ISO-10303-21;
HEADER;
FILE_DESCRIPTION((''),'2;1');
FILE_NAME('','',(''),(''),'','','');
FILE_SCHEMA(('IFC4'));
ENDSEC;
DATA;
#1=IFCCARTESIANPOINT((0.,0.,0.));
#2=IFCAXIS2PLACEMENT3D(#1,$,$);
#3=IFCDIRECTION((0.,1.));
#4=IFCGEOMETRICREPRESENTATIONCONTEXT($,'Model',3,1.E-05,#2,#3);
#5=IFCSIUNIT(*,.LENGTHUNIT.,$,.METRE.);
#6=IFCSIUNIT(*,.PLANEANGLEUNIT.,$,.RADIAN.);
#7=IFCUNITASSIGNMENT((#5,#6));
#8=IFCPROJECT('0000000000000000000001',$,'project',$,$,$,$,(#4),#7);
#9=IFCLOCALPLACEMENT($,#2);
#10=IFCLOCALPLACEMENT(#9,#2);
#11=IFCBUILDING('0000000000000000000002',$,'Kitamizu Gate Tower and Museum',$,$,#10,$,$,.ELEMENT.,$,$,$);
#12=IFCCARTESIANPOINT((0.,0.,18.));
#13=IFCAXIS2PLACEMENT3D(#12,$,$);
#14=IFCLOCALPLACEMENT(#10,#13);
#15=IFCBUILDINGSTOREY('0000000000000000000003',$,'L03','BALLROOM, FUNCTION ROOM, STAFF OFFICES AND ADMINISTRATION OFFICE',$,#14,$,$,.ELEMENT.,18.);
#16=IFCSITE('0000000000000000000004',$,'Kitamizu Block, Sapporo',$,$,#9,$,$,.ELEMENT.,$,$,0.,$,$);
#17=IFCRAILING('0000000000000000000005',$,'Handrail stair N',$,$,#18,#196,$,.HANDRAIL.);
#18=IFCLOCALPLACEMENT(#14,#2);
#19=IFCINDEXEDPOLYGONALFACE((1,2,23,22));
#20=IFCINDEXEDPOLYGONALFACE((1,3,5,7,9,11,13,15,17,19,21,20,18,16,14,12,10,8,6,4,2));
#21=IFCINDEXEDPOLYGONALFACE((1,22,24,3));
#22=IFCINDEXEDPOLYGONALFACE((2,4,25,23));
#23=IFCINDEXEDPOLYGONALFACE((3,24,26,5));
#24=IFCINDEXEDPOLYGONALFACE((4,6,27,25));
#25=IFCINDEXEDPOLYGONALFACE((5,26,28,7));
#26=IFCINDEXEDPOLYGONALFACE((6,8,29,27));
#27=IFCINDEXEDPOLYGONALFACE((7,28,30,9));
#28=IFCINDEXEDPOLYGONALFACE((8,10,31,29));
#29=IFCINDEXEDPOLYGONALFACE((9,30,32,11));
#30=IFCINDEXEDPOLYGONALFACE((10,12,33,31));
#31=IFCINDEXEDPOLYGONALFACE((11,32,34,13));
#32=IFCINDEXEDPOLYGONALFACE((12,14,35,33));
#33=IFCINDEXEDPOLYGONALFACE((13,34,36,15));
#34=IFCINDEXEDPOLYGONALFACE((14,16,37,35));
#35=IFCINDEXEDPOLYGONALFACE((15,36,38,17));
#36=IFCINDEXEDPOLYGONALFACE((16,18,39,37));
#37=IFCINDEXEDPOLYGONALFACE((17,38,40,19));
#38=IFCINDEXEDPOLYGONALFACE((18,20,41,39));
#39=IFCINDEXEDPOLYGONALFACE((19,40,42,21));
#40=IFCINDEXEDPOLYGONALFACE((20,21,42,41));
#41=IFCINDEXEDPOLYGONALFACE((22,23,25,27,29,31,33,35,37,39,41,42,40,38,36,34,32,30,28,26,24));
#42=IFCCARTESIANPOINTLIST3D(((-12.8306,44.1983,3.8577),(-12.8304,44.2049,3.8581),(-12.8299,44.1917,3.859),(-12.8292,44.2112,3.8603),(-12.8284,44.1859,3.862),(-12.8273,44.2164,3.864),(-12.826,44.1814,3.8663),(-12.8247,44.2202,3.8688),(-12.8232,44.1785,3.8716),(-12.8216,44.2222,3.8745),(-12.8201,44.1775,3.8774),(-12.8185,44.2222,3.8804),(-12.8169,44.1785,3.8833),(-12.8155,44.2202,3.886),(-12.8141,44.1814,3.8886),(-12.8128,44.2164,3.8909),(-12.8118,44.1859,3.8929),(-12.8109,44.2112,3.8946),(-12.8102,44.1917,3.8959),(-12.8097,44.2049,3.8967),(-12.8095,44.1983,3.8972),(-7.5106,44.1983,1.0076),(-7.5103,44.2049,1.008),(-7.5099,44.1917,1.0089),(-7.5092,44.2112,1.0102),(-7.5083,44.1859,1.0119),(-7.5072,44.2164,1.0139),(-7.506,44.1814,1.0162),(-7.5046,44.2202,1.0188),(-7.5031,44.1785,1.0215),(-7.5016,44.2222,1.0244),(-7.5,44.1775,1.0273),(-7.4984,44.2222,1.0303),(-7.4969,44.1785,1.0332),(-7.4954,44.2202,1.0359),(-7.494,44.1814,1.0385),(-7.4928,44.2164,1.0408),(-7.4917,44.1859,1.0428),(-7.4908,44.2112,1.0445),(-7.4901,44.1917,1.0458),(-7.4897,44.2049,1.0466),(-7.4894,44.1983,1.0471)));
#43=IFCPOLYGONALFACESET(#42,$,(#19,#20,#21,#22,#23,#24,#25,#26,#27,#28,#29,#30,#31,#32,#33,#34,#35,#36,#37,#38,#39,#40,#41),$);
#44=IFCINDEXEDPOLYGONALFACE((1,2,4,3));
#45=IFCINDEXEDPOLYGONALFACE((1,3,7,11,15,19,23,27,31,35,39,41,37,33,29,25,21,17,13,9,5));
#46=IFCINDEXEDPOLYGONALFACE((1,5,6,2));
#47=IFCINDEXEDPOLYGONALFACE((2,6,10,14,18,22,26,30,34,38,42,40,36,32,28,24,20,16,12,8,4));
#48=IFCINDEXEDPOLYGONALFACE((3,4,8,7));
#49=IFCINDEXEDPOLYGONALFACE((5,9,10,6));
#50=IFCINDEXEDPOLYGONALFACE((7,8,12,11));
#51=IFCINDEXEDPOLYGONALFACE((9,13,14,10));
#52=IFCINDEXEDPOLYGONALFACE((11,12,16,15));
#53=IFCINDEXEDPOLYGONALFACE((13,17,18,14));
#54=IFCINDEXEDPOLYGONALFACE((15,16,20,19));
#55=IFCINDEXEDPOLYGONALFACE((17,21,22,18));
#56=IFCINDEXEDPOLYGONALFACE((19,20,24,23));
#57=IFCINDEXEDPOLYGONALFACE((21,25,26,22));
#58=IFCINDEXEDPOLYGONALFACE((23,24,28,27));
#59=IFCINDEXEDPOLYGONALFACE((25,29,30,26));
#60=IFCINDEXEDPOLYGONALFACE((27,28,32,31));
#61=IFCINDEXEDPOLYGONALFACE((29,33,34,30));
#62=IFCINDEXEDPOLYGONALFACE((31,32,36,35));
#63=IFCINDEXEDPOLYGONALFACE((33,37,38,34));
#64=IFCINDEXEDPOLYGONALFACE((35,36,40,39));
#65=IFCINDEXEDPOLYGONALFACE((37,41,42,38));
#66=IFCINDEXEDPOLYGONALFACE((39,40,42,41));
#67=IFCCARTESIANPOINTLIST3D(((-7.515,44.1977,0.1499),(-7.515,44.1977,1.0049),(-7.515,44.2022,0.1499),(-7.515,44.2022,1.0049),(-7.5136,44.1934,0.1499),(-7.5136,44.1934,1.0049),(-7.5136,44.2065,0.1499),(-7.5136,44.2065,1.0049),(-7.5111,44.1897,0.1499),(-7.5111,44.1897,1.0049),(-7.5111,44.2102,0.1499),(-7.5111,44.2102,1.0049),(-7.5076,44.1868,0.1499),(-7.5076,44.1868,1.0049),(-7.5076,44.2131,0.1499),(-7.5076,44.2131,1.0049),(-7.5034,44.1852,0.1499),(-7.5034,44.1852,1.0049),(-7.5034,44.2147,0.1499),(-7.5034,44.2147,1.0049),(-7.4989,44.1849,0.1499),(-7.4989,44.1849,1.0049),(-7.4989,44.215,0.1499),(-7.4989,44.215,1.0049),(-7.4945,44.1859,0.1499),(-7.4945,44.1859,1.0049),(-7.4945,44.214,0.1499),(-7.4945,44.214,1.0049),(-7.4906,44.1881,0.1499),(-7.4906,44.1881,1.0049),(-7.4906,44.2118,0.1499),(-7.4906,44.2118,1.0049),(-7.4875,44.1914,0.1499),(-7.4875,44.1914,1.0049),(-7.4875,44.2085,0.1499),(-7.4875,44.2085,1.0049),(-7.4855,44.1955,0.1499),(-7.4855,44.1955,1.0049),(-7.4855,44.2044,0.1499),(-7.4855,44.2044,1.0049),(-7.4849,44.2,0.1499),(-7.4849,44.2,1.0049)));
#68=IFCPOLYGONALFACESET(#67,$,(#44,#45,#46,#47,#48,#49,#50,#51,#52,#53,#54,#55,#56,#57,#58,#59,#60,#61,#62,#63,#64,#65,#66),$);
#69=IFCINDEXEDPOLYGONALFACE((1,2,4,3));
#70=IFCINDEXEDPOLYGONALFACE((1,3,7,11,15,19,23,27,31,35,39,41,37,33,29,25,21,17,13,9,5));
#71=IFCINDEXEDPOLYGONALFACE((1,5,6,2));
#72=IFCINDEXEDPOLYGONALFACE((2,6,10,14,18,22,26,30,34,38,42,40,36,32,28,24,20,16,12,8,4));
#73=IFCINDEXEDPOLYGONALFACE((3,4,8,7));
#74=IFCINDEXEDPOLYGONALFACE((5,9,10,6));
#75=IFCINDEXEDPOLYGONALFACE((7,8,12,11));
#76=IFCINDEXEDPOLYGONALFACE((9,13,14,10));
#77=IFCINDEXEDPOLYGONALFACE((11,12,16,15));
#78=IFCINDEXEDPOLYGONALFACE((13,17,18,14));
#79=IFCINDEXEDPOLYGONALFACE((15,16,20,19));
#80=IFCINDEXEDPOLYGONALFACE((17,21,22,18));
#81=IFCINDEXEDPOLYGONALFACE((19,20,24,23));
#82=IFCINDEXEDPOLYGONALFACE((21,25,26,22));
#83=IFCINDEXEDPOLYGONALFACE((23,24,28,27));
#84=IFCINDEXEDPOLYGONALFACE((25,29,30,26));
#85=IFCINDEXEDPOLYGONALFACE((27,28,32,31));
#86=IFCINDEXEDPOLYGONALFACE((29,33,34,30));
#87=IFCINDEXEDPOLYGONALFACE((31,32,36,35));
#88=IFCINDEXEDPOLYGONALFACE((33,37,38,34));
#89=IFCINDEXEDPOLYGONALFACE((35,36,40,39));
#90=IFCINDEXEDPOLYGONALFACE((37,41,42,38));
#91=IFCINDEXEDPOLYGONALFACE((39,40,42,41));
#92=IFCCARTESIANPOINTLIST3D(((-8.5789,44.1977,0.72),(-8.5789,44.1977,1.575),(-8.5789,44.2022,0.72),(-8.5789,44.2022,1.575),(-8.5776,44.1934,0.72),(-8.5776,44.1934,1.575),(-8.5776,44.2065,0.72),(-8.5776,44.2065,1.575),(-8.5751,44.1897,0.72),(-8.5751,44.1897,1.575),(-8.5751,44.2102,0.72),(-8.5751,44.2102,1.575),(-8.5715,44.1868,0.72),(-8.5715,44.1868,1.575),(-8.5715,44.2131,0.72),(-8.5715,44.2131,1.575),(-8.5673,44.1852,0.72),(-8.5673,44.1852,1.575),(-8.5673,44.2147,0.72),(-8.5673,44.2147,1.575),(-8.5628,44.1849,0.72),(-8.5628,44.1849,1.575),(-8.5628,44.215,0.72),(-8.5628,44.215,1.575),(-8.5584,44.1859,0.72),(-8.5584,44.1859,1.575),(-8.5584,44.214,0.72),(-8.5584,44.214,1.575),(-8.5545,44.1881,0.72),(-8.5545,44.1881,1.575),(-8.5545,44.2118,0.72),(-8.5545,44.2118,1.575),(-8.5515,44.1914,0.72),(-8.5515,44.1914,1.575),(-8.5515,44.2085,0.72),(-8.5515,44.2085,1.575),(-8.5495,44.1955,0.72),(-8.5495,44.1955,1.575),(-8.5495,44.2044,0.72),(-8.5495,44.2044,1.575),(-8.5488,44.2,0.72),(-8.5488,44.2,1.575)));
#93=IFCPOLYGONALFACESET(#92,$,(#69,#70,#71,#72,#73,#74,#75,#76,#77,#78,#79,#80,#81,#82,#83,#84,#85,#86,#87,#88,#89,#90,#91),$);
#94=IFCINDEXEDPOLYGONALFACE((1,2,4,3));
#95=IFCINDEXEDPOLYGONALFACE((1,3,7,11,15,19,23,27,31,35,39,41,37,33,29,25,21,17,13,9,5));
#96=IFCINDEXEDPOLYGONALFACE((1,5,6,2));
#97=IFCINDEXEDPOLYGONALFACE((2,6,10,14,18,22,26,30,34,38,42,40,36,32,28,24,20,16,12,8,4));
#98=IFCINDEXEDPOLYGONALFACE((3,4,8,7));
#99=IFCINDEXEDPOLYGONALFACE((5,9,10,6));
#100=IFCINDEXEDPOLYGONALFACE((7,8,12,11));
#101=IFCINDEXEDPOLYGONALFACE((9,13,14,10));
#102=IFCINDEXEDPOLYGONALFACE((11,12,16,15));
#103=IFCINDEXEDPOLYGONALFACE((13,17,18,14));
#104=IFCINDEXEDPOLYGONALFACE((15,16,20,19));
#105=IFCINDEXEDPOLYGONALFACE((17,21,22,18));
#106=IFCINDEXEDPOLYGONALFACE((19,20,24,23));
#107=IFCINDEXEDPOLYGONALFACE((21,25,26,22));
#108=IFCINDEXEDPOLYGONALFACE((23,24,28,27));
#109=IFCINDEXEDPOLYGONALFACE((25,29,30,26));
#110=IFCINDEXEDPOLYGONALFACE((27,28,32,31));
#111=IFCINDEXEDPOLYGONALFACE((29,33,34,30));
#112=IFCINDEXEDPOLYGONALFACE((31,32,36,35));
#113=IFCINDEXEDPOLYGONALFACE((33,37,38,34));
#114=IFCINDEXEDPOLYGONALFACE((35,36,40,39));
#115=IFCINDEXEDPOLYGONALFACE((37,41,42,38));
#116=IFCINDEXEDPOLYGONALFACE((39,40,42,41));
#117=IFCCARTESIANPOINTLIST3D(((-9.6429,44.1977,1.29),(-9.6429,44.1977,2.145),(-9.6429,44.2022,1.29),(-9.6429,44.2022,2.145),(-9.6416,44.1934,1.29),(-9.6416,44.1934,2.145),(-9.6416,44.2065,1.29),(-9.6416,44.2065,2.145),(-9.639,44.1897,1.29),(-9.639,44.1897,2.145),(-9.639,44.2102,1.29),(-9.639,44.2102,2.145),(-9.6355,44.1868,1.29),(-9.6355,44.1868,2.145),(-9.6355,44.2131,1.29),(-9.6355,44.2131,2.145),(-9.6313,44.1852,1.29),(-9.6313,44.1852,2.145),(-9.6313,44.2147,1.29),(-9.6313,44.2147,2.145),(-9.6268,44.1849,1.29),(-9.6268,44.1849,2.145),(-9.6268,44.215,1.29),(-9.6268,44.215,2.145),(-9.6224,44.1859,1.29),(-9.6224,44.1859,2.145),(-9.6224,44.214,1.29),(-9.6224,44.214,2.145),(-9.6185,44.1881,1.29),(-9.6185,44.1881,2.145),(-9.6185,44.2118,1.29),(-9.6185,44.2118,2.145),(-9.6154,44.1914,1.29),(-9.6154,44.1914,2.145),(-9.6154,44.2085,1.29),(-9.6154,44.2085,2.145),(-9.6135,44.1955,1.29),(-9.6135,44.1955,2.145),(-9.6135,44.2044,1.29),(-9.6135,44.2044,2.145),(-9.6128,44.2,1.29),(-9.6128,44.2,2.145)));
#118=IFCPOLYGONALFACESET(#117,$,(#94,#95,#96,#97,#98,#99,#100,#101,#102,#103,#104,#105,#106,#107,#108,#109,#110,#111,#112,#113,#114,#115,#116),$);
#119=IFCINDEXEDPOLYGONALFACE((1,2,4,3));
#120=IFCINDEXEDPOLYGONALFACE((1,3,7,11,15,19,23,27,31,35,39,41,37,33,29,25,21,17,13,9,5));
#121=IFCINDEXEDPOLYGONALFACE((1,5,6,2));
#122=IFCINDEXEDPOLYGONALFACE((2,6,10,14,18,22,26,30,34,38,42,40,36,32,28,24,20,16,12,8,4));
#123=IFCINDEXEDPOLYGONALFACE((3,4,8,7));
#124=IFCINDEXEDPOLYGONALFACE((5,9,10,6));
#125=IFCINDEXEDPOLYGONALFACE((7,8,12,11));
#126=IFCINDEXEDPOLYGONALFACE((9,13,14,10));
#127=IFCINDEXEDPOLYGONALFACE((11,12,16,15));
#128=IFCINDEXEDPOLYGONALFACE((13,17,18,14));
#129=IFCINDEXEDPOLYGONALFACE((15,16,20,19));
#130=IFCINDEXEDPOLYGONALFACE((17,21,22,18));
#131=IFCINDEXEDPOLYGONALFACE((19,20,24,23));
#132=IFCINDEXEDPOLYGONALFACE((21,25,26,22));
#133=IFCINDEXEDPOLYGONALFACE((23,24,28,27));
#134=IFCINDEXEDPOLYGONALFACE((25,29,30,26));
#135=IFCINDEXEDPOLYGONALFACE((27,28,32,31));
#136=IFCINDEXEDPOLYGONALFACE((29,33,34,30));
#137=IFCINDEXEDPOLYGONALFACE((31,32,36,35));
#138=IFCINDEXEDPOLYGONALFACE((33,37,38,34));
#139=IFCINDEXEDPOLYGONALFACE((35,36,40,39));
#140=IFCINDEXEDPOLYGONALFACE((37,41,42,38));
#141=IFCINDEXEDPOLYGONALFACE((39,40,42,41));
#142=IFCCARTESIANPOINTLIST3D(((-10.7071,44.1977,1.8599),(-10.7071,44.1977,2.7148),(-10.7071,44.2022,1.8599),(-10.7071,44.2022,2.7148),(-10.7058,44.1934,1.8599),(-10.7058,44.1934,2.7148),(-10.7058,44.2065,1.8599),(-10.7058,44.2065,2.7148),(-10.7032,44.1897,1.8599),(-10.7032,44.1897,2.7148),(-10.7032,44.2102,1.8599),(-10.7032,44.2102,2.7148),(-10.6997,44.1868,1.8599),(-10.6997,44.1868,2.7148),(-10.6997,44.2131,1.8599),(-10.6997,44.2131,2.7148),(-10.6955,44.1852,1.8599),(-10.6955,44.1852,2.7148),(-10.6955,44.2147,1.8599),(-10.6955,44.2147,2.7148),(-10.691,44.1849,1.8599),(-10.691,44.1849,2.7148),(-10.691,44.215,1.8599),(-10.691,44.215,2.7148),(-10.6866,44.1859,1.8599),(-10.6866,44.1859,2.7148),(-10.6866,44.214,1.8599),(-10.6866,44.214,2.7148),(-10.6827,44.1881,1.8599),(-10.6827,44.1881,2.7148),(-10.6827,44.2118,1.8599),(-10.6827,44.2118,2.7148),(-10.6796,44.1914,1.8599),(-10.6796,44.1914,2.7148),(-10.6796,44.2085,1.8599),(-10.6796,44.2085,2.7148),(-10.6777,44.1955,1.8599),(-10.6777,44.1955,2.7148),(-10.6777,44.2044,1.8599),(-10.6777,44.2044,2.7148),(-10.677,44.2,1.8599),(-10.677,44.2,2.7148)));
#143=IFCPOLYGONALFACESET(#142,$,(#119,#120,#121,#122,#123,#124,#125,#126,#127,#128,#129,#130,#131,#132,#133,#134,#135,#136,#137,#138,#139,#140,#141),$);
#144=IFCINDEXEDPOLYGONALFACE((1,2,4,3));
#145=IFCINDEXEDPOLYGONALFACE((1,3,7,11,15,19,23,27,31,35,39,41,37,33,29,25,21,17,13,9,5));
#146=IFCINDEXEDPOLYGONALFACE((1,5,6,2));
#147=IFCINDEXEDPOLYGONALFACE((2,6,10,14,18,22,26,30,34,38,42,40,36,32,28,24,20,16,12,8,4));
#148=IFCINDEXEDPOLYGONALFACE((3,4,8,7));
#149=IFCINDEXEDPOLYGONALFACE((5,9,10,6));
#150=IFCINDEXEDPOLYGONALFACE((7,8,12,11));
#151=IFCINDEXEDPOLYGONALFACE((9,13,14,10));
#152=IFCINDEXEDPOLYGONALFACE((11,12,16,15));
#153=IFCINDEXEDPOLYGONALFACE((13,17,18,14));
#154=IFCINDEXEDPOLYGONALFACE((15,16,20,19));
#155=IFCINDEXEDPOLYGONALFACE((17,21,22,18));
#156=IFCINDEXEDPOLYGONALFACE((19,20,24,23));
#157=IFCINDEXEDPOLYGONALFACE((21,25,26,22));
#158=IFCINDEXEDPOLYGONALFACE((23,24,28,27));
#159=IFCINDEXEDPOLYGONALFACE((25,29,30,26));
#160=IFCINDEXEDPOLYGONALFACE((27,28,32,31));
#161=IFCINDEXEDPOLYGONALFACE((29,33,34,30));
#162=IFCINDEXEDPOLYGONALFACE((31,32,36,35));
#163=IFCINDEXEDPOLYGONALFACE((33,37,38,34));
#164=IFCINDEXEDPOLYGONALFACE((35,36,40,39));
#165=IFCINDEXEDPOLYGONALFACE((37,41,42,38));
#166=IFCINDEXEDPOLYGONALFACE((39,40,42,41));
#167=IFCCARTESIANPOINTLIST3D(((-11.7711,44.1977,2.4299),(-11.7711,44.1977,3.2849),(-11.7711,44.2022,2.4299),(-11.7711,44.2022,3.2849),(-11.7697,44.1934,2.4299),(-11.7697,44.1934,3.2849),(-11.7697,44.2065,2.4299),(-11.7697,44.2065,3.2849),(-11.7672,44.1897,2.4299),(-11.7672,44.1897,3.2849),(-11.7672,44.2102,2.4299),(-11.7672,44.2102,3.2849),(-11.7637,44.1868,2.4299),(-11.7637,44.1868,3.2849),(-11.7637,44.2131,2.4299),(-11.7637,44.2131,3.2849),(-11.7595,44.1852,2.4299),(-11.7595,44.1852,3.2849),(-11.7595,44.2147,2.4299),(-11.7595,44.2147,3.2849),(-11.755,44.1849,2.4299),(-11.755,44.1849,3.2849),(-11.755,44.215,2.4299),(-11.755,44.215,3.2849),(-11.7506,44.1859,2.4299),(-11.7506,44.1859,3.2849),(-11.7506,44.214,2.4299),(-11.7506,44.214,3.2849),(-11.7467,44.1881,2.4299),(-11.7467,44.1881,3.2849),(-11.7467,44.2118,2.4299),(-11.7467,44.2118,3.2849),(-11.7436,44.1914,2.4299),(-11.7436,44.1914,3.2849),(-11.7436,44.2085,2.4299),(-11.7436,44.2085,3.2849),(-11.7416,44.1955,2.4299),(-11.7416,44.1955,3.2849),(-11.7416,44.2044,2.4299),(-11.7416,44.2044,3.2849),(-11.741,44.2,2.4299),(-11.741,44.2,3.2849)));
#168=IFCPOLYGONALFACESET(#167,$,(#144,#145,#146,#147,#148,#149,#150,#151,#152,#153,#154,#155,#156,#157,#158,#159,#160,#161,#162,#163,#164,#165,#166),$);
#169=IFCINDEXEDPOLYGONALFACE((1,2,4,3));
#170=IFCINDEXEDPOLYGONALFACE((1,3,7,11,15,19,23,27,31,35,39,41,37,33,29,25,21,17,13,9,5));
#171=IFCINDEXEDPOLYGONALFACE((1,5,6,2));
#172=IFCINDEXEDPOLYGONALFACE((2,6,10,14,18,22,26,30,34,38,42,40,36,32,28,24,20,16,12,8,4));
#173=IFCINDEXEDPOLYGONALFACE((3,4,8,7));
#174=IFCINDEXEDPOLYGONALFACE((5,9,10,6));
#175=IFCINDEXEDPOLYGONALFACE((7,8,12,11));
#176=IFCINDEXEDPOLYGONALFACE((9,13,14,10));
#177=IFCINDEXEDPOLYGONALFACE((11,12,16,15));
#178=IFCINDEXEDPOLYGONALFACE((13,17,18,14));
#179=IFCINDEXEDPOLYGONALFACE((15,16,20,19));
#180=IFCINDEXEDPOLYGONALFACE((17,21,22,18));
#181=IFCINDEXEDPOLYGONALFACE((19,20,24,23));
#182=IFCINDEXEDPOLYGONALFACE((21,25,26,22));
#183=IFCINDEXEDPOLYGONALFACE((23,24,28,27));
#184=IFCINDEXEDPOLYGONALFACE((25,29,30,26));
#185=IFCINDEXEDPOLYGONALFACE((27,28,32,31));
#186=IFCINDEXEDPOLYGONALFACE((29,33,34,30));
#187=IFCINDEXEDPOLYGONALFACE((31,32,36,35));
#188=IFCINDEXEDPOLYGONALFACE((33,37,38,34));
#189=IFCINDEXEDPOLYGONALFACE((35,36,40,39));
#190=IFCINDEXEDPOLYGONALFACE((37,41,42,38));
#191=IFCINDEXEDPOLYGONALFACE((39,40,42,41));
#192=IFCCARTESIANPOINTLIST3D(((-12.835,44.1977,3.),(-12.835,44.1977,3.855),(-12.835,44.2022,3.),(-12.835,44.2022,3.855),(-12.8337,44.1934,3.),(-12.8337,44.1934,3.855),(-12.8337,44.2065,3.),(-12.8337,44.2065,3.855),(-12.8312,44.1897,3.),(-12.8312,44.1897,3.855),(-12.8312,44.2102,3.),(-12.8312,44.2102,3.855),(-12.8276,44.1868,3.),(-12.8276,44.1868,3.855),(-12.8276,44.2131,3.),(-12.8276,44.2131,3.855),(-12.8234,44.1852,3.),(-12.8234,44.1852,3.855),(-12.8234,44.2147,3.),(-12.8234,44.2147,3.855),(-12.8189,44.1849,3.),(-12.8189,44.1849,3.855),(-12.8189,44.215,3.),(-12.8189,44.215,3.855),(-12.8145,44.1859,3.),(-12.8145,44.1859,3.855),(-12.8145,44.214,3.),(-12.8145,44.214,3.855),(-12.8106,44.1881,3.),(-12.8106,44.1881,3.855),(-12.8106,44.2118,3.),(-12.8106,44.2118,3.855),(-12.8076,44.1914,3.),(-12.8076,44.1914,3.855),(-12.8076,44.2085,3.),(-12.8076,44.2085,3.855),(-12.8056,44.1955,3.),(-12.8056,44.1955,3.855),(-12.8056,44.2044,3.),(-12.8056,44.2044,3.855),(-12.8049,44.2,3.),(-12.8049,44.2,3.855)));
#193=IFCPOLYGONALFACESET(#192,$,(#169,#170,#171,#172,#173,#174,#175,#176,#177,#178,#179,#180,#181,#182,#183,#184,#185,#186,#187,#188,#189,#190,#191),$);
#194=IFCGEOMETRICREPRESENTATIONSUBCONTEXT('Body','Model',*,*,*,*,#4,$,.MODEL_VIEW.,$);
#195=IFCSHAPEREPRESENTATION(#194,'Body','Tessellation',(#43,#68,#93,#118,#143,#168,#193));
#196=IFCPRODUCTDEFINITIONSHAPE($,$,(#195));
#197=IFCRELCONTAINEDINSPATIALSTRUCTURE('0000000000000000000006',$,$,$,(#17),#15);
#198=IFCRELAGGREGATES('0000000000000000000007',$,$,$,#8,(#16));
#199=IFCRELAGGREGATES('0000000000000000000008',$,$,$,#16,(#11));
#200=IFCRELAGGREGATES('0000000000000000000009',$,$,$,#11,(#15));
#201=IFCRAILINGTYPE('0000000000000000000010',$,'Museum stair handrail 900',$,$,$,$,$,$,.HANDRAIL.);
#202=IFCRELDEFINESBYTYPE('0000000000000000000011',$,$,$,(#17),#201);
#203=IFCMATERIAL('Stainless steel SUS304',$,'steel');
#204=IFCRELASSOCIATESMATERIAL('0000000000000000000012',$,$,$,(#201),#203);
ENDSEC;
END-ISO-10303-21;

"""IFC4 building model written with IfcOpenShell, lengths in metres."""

from ifc_helpers import new_model, si_unit, direction, frame, origin, origin_2d, place, context, subcontext, project, spatial, circle, extrude, material, type_object, element, save


model = new_model("IFC4")

# Units and contexts
model_context = context("Model", 3, precision=1e-05, world=origin(), true_north=direction((0.0, 1.0)))
body_context = subcontext(model_context, "Body", "Model", "MODEL_VIEW")
ifc_project = project(units=[si_unit("LENGTHUNIT", "METRE"), si_unit("PLANEANGLEUNIT", "RADIAN")], contexts=[model_context])

# Site, building, storey
site_placement = place(None, origin())
site = spatial("IfcSite", under=ifc_project, at=site_placement, Name="Kitamizu Block, Sapporo", CompositionType="ELEMENT", RefElevation=0.0)
building_placement = place(site_placement, origin())
building = spatial("IfcBuilding", under=site, at=building_placement, Name="Kitamizu Gate Tower and Museum", CompositionType="ELEMENT")
storey_placement = place(building_placement, frame((0.0, 0.0, 18.0)))
storey = spatial("IfcBuildingStorey", under=building, at=storey_placement, Name="L03", Description="BALLROOM, FUNCTION ROOM, STAFF OFFICES AND ADMINISTRATION OFFICE", CompositionType="ELEMENT", Elevation=18.0)

# Railing
ifc_material_1 = material(Name="Stainless steel SUS304", Category="steel")
railing_type = type_object("IfcRailingType", Name="Museum stair handrail 900", PredefinedType="HANDRAIL", material=ifc_material_1)
for number, where, name in (
    (1, (-7.5, 44.2, 0.1499), "Handrail stair N"),
):
    element("IfcRailing", number, at=place(storey_placement, frame(where)), inside=storey, type_object=railing_type, Name=name, PredefinedType="HANDRAIL", context=body_context, shape_type="SweptSolid", body=[
        extrude(circle(Radius=0.0225, at=origin_2d()), frame((0.0, 0.0, 0.8774), z_axis=(-0.881476, 0.0, 0.472229), x_axis=(0.0, -1.0, 0.0)), (0.0, 0.0, 1.0), 6.0354),
        extrude(circle(Radius=0.0151, at=origin_2d()), origin(), (0.0, 0.0, 1.0), 0.855),
        extrude(circle(Radius=0.0151, at=origin_2d()), frame((-1.064, 0.0, 0.5701)), (0.0, 0.0, 1.0), 0.855),
        extrude(circle(Radius=0.0151, at=origin_2d()), frame((-2.1279, 0.0, 1.1401)), (0.0, 0.0, 1.0), 0.855),
        extrude(circle(Radius=0.0151, at=origin_2d()), frame((-3.1921, 0.0, 1.71)), (0.0, 0.0, 1.0), 0.855),
        extrude(circle(Radius=0.0151, at=origin_2d()), frame((-4.2561, 0.0, 2.28)), (0.0, 0.0, 1.0), 0.855),
        extrude(circle(Radius=0.0151, at=origin_2d()), frame((-5.3201, 0.0, 2.8501)), (0.0, 0.0, 1.0), 0.855),
    ])

save(model, "model.ifc")
